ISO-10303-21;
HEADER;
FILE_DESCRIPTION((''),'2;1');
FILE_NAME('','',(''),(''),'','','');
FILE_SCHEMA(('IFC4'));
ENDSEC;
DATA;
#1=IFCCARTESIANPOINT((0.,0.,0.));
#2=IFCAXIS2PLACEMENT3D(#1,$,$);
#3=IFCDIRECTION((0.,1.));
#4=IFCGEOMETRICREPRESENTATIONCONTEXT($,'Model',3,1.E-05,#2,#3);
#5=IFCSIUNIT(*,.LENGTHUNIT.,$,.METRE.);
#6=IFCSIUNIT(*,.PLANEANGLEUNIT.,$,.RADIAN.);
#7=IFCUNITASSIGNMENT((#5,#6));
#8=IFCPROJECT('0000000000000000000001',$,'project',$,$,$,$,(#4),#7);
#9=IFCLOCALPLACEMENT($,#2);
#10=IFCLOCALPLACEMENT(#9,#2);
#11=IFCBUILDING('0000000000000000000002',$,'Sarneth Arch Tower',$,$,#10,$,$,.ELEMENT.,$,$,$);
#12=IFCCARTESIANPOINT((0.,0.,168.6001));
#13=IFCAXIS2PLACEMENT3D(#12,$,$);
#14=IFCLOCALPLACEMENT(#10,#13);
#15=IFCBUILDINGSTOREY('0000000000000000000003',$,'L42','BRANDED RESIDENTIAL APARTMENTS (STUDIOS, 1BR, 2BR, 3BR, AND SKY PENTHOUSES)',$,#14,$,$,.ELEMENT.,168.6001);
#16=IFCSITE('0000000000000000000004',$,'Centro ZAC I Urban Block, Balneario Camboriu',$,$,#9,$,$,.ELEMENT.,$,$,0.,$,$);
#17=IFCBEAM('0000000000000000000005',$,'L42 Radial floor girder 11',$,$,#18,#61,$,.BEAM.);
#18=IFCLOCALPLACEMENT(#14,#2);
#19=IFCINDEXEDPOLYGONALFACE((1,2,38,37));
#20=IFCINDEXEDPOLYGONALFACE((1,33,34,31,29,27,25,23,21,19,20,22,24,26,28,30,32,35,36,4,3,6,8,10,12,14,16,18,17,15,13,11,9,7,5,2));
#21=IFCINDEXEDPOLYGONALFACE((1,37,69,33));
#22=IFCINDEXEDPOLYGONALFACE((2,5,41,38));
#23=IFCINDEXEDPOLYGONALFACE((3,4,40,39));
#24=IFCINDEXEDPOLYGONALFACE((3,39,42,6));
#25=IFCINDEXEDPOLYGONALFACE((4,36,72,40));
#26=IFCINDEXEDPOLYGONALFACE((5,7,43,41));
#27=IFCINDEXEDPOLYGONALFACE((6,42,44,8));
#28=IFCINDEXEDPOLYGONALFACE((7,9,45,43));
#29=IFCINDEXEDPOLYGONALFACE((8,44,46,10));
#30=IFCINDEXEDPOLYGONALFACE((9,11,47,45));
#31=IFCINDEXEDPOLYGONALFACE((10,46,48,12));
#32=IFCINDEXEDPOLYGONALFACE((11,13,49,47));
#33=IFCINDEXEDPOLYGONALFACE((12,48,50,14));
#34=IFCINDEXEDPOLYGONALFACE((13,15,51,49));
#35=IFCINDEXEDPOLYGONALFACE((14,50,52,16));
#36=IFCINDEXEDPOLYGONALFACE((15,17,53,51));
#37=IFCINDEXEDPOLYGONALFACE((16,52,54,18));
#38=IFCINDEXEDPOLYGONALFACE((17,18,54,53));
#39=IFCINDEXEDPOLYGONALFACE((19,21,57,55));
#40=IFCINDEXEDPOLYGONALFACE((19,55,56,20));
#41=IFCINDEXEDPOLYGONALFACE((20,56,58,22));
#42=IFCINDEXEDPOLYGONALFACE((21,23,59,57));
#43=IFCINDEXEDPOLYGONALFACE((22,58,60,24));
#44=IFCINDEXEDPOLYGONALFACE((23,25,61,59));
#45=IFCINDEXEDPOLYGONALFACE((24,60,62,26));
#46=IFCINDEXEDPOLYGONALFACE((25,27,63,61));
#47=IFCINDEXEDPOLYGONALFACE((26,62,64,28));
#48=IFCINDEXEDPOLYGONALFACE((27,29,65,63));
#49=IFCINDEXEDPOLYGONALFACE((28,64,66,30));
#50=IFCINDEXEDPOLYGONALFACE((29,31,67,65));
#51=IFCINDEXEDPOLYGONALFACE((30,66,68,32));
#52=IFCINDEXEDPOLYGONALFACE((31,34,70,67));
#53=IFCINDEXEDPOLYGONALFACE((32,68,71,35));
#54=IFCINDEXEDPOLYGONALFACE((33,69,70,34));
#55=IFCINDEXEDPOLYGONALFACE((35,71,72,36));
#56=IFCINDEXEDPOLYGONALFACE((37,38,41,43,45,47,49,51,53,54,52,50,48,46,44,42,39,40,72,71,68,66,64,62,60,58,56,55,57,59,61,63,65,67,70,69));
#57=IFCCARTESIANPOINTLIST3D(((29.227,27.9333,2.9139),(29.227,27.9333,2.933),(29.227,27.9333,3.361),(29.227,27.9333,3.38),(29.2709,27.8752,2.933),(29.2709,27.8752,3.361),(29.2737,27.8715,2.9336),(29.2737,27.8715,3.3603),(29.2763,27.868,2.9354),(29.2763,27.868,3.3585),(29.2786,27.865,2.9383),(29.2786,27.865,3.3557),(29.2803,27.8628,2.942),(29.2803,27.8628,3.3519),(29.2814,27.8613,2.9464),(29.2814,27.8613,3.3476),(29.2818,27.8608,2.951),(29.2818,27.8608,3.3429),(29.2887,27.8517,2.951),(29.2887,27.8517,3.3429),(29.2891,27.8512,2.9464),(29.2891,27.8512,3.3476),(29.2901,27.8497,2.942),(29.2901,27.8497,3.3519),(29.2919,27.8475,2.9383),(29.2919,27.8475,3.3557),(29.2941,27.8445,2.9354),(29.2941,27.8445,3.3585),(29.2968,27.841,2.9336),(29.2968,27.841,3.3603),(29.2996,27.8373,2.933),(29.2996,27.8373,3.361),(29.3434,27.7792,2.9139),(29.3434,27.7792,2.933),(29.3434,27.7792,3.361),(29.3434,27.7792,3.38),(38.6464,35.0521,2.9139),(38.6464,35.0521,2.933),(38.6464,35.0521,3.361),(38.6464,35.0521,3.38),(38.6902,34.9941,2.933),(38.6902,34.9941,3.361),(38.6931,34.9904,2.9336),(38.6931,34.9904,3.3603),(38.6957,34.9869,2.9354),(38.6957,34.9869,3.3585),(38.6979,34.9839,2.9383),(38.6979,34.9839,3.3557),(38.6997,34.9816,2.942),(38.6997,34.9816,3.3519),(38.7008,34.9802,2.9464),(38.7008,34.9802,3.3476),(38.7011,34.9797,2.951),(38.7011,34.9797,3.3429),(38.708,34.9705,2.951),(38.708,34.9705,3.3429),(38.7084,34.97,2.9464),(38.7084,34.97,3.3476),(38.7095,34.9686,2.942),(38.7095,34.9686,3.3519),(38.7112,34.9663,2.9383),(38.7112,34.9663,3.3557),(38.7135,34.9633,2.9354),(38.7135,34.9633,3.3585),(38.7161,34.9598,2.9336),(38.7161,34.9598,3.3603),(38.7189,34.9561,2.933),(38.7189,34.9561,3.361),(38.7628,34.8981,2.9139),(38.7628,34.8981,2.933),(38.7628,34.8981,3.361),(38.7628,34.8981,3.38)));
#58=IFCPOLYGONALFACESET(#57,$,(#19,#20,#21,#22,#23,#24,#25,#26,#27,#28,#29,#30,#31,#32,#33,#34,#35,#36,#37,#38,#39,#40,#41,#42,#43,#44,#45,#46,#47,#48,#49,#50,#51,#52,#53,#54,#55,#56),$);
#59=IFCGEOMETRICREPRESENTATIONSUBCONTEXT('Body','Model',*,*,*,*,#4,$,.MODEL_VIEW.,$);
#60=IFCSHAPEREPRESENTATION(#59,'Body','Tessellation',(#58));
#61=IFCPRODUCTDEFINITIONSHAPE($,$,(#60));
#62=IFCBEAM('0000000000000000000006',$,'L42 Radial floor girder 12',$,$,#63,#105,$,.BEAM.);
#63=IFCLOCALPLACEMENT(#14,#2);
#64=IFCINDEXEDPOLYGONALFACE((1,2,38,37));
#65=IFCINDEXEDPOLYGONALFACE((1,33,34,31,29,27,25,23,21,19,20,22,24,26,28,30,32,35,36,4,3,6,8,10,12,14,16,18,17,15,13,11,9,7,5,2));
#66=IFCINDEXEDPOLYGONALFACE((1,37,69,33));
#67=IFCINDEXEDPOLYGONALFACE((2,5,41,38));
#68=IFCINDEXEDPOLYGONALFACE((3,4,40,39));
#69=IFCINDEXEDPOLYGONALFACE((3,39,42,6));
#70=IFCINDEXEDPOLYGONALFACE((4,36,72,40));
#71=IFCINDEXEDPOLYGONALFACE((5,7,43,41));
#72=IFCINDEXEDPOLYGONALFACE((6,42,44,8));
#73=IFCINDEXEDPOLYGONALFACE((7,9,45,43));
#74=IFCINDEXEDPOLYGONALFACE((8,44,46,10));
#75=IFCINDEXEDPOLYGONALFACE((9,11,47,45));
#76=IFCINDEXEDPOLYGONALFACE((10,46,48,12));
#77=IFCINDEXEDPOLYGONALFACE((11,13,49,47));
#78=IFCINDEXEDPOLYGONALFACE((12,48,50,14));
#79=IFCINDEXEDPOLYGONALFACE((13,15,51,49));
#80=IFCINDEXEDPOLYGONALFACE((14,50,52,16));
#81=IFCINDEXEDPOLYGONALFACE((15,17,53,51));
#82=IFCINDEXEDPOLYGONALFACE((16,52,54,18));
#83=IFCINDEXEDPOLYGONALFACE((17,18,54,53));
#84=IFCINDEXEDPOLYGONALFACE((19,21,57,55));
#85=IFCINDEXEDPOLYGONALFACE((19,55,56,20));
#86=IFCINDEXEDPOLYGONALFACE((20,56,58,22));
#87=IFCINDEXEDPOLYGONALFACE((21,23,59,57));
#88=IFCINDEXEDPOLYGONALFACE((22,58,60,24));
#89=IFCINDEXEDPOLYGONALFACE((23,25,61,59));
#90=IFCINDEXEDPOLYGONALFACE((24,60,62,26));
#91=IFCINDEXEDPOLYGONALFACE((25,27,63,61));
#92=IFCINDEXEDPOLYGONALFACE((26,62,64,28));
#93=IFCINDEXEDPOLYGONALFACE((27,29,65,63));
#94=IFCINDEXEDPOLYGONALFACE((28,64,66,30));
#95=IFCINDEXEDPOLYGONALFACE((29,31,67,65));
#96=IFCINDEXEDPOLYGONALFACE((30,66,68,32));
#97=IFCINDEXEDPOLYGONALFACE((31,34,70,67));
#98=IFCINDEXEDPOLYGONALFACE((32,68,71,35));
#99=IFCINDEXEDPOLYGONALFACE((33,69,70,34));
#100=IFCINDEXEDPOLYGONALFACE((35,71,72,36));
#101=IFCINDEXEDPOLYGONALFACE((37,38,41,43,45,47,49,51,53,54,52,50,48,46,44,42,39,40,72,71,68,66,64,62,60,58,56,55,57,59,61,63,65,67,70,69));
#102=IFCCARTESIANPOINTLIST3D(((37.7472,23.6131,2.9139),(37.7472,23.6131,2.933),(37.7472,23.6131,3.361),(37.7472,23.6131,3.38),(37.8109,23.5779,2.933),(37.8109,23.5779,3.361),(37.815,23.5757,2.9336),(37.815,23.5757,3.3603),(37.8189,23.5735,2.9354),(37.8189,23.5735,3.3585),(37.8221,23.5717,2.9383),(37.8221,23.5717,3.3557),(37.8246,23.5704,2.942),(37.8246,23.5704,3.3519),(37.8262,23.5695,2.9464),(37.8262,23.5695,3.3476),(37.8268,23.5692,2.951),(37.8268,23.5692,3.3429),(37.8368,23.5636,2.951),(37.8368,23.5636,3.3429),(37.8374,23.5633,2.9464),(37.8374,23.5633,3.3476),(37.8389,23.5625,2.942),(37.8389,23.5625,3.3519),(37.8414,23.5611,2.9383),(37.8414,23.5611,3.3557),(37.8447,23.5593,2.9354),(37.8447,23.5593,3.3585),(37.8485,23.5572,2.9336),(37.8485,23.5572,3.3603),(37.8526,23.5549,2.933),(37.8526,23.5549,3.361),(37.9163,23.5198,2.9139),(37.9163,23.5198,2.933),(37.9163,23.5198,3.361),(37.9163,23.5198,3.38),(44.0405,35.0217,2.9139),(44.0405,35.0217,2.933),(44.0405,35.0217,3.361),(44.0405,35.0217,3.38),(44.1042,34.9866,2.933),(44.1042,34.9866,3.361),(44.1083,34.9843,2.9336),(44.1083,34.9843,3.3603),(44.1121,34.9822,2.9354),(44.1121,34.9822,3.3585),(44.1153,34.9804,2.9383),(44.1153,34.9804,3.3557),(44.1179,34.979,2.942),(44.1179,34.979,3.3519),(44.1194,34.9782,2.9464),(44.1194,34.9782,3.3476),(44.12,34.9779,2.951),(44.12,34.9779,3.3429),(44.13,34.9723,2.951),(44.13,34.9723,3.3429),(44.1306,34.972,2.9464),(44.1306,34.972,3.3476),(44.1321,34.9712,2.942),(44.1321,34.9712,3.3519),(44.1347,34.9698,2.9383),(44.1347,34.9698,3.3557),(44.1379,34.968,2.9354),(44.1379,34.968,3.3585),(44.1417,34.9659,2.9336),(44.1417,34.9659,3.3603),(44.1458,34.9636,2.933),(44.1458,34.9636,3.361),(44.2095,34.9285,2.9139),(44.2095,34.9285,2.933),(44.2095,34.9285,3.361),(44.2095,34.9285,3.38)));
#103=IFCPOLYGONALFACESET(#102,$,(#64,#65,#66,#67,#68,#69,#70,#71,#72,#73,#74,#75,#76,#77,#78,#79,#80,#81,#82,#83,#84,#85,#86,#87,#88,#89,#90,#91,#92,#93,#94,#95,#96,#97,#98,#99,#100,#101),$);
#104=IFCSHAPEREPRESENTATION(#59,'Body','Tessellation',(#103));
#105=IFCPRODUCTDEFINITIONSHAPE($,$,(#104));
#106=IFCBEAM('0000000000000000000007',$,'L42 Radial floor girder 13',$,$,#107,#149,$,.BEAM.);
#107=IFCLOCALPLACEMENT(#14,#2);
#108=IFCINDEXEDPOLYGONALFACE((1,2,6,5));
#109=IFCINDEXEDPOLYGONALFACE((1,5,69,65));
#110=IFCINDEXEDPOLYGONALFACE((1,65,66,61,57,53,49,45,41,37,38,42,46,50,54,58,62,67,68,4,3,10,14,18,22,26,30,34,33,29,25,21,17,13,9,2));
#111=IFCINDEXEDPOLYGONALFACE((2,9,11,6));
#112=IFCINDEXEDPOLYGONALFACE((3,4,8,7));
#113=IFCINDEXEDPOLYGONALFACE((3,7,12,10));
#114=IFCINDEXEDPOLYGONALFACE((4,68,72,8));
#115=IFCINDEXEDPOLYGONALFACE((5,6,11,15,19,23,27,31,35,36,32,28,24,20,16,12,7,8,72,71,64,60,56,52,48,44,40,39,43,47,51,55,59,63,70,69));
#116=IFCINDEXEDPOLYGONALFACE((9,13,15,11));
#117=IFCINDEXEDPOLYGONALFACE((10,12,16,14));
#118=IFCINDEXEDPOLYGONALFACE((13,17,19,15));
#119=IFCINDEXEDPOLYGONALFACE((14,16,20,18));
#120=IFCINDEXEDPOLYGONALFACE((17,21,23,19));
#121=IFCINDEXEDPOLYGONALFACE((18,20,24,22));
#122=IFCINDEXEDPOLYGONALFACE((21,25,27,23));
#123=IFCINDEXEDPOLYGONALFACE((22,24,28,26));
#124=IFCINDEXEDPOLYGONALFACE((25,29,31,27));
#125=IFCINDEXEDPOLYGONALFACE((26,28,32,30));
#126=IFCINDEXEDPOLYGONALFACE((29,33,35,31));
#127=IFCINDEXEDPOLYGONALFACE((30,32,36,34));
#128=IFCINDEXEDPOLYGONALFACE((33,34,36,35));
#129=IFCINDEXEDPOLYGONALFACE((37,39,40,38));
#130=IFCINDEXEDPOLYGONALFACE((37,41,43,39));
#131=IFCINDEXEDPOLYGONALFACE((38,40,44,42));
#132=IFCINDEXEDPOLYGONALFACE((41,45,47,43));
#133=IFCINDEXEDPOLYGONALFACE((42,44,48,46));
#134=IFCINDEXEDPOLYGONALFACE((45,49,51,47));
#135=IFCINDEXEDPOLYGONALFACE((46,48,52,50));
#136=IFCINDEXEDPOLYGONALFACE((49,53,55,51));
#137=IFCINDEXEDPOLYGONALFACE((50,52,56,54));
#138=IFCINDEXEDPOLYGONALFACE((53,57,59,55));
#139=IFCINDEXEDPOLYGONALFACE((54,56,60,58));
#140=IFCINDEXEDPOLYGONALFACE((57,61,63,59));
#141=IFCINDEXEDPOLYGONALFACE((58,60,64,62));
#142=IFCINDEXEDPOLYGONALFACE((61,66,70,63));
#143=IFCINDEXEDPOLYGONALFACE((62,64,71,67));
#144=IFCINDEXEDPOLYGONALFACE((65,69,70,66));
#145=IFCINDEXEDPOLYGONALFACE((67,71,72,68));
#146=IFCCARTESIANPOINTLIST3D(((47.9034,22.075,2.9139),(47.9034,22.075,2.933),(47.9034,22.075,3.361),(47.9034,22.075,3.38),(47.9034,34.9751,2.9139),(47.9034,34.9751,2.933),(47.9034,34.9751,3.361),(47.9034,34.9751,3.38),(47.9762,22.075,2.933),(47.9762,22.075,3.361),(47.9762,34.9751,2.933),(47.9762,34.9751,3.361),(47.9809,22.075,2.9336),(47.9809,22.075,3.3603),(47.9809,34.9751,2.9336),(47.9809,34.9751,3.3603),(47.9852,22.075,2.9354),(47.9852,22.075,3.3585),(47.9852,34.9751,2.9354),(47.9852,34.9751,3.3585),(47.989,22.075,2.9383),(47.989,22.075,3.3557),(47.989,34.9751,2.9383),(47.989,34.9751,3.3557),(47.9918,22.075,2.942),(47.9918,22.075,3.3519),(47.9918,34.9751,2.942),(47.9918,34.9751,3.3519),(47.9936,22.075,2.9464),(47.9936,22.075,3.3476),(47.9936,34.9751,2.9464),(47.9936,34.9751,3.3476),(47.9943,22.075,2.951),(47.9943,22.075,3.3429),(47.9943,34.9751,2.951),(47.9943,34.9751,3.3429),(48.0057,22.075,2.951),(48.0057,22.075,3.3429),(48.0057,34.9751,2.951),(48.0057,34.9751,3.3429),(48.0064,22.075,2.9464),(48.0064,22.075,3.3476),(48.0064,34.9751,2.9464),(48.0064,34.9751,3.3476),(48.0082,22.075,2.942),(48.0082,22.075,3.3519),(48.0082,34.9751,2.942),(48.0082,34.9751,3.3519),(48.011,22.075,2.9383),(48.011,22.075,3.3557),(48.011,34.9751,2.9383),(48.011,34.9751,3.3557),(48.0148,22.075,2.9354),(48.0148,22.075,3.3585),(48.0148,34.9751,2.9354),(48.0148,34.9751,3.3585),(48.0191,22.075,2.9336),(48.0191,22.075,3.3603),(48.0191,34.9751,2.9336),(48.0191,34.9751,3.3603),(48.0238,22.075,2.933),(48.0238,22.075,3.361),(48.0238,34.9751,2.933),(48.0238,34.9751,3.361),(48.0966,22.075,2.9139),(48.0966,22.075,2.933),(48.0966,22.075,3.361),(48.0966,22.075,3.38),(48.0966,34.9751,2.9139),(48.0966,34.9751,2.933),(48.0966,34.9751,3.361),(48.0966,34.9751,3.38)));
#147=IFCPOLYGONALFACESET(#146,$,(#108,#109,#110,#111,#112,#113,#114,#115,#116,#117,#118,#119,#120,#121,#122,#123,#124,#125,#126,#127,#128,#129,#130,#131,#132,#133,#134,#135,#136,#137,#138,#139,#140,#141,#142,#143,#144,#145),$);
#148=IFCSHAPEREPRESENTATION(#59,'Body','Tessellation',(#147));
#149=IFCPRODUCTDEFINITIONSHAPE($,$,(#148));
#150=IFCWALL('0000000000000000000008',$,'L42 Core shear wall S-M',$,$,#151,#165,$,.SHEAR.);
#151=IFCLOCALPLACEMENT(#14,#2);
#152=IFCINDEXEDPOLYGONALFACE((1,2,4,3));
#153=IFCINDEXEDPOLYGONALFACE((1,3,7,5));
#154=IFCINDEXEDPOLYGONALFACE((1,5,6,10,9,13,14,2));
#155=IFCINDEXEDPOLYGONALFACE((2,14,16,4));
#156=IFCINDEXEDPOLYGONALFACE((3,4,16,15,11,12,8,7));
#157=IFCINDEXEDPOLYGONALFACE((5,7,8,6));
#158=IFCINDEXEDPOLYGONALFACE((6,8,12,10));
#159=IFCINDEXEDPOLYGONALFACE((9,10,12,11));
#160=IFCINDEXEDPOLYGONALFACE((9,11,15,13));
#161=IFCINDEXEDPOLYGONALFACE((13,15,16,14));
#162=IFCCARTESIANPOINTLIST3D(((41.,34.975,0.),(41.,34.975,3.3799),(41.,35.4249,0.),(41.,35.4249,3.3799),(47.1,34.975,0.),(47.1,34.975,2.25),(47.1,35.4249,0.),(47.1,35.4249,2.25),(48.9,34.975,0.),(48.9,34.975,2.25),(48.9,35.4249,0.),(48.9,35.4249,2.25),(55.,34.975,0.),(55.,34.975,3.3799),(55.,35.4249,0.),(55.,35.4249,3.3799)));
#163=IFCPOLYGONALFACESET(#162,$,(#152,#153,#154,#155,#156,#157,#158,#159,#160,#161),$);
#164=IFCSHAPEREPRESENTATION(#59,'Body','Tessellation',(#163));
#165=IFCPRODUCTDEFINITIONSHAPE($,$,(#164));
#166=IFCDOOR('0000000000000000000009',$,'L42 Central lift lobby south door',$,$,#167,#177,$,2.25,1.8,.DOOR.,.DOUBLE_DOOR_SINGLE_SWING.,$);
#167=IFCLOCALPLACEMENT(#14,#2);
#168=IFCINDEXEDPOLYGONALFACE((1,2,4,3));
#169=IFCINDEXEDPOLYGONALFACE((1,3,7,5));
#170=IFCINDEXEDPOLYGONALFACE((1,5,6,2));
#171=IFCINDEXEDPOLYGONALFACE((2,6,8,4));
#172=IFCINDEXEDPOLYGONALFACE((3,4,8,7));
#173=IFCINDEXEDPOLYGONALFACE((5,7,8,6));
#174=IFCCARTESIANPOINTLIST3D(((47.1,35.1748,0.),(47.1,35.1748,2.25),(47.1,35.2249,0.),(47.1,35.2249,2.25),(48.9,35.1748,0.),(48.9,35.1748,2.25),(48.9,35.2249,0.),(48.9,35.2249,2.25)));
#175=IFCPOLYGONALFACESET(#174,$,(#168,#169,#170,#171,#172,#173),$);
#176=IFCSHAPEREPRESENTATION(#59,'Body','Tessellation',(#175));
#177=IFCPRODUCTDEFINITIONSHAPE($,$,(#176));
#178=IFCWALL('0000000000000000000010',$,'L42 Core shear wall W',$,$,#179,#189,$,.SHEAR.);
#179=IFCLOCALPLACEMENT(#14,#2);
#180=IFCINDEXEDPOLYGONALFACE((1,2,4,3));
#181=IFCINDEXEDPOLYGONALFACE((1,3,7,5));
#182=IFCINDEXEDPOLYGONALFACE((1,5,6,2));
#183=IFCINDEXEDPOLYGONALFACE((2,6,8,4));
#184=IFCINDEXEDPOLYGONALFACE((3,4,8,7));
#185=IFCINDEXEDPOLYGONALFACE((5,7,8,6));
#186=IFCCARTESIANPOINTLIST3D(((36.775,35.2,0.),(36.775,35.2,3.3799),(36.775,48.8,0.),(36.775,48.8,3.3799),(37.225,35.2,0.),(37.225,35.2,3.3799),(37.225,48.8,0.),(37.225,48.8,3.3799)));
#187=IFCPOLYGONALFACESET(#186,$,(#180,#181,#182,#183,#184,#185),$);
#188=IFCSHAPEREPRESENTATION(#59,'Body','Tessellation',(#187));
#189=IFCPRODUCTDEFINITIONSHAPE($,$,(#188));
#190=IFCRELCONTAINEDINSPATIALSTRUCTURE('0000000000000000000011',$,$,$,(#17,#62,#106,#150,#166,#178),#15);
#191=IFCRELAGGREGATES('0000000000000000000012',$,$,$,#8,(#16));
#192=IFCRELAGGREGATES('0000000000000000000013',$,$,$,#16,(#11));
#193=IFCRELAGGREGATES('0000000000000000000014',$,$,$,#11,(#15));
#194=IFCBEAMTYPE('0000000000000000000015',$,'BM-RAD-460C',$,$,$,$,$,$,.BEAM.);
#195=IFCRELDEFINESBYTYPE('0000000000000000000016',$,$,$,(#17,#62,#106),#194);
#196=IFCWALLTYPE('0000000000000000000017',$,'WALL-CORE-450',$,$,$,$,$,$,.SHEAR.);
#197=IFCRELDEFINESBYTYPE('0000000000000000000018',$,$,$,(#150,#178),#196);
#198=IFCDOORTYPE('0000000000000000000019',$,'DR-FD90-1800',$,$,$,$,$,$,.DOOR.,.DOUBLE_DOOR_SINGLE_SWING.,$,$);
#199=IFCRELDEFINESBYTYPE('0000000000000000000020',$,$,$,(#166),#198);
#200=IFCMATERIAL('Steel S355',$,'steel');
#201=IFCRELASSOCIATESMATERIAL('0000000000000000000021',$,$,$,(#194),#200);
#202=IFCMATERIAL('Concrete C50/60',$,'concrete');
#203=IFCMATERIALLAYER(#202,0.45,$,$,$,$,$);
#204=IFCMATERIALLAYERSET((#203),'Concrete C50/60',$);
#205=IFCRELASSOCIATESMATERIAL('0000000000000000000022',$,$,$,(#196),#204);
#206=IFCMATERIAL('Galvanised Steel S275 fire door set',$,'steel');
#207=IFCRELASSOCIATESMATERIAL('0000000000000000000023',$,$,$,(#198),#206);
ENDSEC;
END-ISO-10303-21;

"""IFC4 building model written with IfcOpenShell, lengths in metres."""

from ifc_helpers import new_model, si_unit, direction, frame, frame_2d, origin, origin_2d, place, context, subcontext, project, spatial, rectangle, i_section, extrude, material, layer, layer_set, material_profile, profile_set, type_object, element, fill, save


model = new_model("IFC4")

# Units and contexts
model_context = context("Model", 3, precision=1e-05, world=origin(), true_north=direction((0.0, 1.0)))
body_context = subcontext(model_context, "Body", "Model", "MODEL_VIEW")
ifc_project = project(units=[si_unit("LENGTHUNIT", "METRE"), si_unit("PLANEANGLEUNIT", "RADIAN")], contexts=[model_context])

# Site, building, storey
site_placement = place(None, origin())
site = spatial("IfcSite", under=ifc_project, at=site_placement, Name="Centro ZAC I Urban Block, Balneario Camboriu", CompositionType="ELEMENT", RefElevation=0.0)
building_placement = place(site_placement, origin())
building = spatial("IfcBuilding", under=site, at=building_placement, Name="Sarneth Arch Tower", CompositionType="ELEMENT")
storey_placement = place(building_placement, frame((0.0, 0.0, 168.6001)))
storey = spatial("IfcBuildingStorey", under=building, at=storey_placement, Name="L42", Description="BRANDED RESIDENTIAL APARTMENTS (STUDIOS, 1BR, 2BR, 3BR, AND SKY PENTHOUSES)", CompositionType="ELEMENT", Elevation=168.6001)

# Beams
ifc_material_1 = material(Name="Steel S355", Category="steel")
ifc_material_profile_1 = material_profile(ifc_material_1, i_section(OverallWidth=0.1931, OverallDepth=0.4661, WebThickness=0.0115, FlangeThickness=0.019, FilletRadius=0.0181, at=origin_2d()), Name="W460x97")
ifc_profile_set_1 = profile_set([ifc_material_profile_1], Name="Steel S355")
beam_type_1 = type_object("IfcBeamType", Name="BM-RAD-460C", PredefinedType="BEAM", material=ifc_profile_set_1)
beam_1_placement = place(storey_placement, frame((38.7046, 34.9751, 3.147), z_axis=(-0.797786, -0.60294, 0.0), x_axis=(0.60294, -0.797786, 0.0)))
element("IfcBeam", 1, at=beam_1_placement, inside=storey, type_object=beam_type_1, Name="L42 Radial floor girder 11", PredefinedType="BEAM", context=body_context, shape_type="SweptSolid", body=[
    extrude(i_section(OverallWidth=0.1931, OverallDepth=0.4661, WebThickness=0.0115, FlangeThickness=0.019, FilletRadius=0.0181, at=origin_2d()), origin(), (0.0, 0.0, 1.0), 11.8069),
])
beam_2_placement = place(storey_placement, frame((44.125, 34.9751, 3.147), z_axis=(-0.483005, -0.875618, 0.0), x_axis=(0.875618, -0.483005, 0.0)))
element("IfcBeam", 2, at=beam_2_placement, inside=storey, type_object=beam_type_1, Name="L42 Radial floor girder 12", PredefinedType="BEAM", context=body_context, shape_type="SweptSolid", body=[
    extrude(i_section(OverallWidth=0.1931, OverallDepth=0.4661, WebThickness=0.0115, FlangeThickness=0.019, FilletRadius=0.0181, at=origin_2d()), origin(), (0.0, 0.0, 1.0), 13.0293),
])
beam_3_placement = place(storey_placement, frame((48.0, 34.9751, 3.147), z_axis=(0.0, -1.0, 0.0), x_axis=(1.0, 0.0, 0.0)))
element("IfcBeam", 3, at=beam_3_placement, inside=storey, type_object=beam_type_1, Name="L42 Radial floor girder 13", PredefinedType="BEAM", context=body_context, shape_type="SweptSolid", body=[
    extrude(i_section(OverallWidth=0.1931, OverallDepth=0.4661, WebThickness=0.0115, FlangeThickness=0.019, FilletRadius=0.0181, at=origin_2d()), origin(), (0.0, 0.0, 1.0), 12.9001),
])

# Wall, opening, door
ifc_material_2 = material(Name="Concrete C50/60", Category="concrete")
ifc_layer_1 = layer(ifc_material_2, 0.45)
ifc_layer_set_1 = layer_set([ifc_layer_1], Name="Concrete C50/60")
wall_type_1 = type_object("IfcWallType", Name="WALL-CORE-450", PredefinedType="SHEAR", material=ifc_layer_set_1)
wall_1_placement = place(storey_placement, frame((41.0, 35.2, 0.0), z_axis=(0.0, 0.0, 1.0), x_axis=(1.0, 0.0, 0.0)))
wall_1 = element("IfcWall", 4, at=wall_1_placement, inside=storey, type_object=wall_type_1, Name="L42 Core shear wall S-M", PredefinedType="SHEAR", context=body_context, shape_type="SweptSolid", body=[
    extrude(rectangle(XDim=14.0, YDim=0.45, at=frame_2d((7.0, 0.0))), origin(), (0.0, 0.0, 1.0), 3.3799),
])
opening_1_placement = place(wall_1_placement, frame((6.1001, 0.0, 0.0)))
opening_1 = element("IfcOpeningElement", 5, at=opening_1_placement, cuts=wall_1, PredefinedType="OPENING", context=body_context, shape_type="SweptSolid", body=[
    extrude(rectangle(XDim=1.8, YDim=2.25, at=frame_2d((0.8999, 1.125))), frame((0.0, 0.2349, 0.0), z_axis=(0.0, -1.0, 0.0), x_axis=(1.0, 0.0, 0.0)), (0.0, 0.0, 1.0), 0.47),
])
ifc_material_3 = material(Name="Galvanised Steel S275 fire door set", Category="steel")
door_type_1 = type_object("IfcDoorType", Name="DR-FD90-1800", OperationType="DOUBLE_DOOR_SINGLE_SWING", PredefinedType="DOOR", material=ifc_material_3)
door_1_placement = place(opening_1_placement, origin())
door_1 = element("IfcDoor", 6, at=door_1_placement, inside=storey, type_object=door_type_1, Name="L42 Central lift lobby south door", OperationType="DOUBLE_DOOR_SINGLE_SWING", OverallHeight=2.25, OverallWidth=1.8, PredefinedType="DOOR", context=body_context, shape_type="SweptSolid", body=[
    extrude(rectangle(XDim=1.8, YDim=2.25, at=frame_2d((0.8999, 1.125))), frame((0.0, 0.0249, 0.0), z_axis=(0.0, -1.0, 0.0), x_axis=(1.0, 0.0, 0.0)), (0.0, 0.0, 1.0), 0.05),
])
fill(opening_1, door_1)

# Wall
wall_2_placement = place(storey_placement, frame((37.0, 35.2, 0.0), z_axis=(0.0, 0.0, 1.0), x_axis=(0.0, 1.0, 0.0)))
element("IfcWall", 7, at=wall_2_placement, inside=storey, type_object=wall_type_1, Name="L42 Core shear wall W", PredefinedType="SHEAR", context=body_context, shape_type="SweptSolid", body=[
    extrude(rectangle(XDim=13.6001, YDim=0.45, at=frame_2d((6.8, 0.0))), origin(), (0.0, 0.0, 1.0), 3.3799),
])

save(model, "model.ifc")
